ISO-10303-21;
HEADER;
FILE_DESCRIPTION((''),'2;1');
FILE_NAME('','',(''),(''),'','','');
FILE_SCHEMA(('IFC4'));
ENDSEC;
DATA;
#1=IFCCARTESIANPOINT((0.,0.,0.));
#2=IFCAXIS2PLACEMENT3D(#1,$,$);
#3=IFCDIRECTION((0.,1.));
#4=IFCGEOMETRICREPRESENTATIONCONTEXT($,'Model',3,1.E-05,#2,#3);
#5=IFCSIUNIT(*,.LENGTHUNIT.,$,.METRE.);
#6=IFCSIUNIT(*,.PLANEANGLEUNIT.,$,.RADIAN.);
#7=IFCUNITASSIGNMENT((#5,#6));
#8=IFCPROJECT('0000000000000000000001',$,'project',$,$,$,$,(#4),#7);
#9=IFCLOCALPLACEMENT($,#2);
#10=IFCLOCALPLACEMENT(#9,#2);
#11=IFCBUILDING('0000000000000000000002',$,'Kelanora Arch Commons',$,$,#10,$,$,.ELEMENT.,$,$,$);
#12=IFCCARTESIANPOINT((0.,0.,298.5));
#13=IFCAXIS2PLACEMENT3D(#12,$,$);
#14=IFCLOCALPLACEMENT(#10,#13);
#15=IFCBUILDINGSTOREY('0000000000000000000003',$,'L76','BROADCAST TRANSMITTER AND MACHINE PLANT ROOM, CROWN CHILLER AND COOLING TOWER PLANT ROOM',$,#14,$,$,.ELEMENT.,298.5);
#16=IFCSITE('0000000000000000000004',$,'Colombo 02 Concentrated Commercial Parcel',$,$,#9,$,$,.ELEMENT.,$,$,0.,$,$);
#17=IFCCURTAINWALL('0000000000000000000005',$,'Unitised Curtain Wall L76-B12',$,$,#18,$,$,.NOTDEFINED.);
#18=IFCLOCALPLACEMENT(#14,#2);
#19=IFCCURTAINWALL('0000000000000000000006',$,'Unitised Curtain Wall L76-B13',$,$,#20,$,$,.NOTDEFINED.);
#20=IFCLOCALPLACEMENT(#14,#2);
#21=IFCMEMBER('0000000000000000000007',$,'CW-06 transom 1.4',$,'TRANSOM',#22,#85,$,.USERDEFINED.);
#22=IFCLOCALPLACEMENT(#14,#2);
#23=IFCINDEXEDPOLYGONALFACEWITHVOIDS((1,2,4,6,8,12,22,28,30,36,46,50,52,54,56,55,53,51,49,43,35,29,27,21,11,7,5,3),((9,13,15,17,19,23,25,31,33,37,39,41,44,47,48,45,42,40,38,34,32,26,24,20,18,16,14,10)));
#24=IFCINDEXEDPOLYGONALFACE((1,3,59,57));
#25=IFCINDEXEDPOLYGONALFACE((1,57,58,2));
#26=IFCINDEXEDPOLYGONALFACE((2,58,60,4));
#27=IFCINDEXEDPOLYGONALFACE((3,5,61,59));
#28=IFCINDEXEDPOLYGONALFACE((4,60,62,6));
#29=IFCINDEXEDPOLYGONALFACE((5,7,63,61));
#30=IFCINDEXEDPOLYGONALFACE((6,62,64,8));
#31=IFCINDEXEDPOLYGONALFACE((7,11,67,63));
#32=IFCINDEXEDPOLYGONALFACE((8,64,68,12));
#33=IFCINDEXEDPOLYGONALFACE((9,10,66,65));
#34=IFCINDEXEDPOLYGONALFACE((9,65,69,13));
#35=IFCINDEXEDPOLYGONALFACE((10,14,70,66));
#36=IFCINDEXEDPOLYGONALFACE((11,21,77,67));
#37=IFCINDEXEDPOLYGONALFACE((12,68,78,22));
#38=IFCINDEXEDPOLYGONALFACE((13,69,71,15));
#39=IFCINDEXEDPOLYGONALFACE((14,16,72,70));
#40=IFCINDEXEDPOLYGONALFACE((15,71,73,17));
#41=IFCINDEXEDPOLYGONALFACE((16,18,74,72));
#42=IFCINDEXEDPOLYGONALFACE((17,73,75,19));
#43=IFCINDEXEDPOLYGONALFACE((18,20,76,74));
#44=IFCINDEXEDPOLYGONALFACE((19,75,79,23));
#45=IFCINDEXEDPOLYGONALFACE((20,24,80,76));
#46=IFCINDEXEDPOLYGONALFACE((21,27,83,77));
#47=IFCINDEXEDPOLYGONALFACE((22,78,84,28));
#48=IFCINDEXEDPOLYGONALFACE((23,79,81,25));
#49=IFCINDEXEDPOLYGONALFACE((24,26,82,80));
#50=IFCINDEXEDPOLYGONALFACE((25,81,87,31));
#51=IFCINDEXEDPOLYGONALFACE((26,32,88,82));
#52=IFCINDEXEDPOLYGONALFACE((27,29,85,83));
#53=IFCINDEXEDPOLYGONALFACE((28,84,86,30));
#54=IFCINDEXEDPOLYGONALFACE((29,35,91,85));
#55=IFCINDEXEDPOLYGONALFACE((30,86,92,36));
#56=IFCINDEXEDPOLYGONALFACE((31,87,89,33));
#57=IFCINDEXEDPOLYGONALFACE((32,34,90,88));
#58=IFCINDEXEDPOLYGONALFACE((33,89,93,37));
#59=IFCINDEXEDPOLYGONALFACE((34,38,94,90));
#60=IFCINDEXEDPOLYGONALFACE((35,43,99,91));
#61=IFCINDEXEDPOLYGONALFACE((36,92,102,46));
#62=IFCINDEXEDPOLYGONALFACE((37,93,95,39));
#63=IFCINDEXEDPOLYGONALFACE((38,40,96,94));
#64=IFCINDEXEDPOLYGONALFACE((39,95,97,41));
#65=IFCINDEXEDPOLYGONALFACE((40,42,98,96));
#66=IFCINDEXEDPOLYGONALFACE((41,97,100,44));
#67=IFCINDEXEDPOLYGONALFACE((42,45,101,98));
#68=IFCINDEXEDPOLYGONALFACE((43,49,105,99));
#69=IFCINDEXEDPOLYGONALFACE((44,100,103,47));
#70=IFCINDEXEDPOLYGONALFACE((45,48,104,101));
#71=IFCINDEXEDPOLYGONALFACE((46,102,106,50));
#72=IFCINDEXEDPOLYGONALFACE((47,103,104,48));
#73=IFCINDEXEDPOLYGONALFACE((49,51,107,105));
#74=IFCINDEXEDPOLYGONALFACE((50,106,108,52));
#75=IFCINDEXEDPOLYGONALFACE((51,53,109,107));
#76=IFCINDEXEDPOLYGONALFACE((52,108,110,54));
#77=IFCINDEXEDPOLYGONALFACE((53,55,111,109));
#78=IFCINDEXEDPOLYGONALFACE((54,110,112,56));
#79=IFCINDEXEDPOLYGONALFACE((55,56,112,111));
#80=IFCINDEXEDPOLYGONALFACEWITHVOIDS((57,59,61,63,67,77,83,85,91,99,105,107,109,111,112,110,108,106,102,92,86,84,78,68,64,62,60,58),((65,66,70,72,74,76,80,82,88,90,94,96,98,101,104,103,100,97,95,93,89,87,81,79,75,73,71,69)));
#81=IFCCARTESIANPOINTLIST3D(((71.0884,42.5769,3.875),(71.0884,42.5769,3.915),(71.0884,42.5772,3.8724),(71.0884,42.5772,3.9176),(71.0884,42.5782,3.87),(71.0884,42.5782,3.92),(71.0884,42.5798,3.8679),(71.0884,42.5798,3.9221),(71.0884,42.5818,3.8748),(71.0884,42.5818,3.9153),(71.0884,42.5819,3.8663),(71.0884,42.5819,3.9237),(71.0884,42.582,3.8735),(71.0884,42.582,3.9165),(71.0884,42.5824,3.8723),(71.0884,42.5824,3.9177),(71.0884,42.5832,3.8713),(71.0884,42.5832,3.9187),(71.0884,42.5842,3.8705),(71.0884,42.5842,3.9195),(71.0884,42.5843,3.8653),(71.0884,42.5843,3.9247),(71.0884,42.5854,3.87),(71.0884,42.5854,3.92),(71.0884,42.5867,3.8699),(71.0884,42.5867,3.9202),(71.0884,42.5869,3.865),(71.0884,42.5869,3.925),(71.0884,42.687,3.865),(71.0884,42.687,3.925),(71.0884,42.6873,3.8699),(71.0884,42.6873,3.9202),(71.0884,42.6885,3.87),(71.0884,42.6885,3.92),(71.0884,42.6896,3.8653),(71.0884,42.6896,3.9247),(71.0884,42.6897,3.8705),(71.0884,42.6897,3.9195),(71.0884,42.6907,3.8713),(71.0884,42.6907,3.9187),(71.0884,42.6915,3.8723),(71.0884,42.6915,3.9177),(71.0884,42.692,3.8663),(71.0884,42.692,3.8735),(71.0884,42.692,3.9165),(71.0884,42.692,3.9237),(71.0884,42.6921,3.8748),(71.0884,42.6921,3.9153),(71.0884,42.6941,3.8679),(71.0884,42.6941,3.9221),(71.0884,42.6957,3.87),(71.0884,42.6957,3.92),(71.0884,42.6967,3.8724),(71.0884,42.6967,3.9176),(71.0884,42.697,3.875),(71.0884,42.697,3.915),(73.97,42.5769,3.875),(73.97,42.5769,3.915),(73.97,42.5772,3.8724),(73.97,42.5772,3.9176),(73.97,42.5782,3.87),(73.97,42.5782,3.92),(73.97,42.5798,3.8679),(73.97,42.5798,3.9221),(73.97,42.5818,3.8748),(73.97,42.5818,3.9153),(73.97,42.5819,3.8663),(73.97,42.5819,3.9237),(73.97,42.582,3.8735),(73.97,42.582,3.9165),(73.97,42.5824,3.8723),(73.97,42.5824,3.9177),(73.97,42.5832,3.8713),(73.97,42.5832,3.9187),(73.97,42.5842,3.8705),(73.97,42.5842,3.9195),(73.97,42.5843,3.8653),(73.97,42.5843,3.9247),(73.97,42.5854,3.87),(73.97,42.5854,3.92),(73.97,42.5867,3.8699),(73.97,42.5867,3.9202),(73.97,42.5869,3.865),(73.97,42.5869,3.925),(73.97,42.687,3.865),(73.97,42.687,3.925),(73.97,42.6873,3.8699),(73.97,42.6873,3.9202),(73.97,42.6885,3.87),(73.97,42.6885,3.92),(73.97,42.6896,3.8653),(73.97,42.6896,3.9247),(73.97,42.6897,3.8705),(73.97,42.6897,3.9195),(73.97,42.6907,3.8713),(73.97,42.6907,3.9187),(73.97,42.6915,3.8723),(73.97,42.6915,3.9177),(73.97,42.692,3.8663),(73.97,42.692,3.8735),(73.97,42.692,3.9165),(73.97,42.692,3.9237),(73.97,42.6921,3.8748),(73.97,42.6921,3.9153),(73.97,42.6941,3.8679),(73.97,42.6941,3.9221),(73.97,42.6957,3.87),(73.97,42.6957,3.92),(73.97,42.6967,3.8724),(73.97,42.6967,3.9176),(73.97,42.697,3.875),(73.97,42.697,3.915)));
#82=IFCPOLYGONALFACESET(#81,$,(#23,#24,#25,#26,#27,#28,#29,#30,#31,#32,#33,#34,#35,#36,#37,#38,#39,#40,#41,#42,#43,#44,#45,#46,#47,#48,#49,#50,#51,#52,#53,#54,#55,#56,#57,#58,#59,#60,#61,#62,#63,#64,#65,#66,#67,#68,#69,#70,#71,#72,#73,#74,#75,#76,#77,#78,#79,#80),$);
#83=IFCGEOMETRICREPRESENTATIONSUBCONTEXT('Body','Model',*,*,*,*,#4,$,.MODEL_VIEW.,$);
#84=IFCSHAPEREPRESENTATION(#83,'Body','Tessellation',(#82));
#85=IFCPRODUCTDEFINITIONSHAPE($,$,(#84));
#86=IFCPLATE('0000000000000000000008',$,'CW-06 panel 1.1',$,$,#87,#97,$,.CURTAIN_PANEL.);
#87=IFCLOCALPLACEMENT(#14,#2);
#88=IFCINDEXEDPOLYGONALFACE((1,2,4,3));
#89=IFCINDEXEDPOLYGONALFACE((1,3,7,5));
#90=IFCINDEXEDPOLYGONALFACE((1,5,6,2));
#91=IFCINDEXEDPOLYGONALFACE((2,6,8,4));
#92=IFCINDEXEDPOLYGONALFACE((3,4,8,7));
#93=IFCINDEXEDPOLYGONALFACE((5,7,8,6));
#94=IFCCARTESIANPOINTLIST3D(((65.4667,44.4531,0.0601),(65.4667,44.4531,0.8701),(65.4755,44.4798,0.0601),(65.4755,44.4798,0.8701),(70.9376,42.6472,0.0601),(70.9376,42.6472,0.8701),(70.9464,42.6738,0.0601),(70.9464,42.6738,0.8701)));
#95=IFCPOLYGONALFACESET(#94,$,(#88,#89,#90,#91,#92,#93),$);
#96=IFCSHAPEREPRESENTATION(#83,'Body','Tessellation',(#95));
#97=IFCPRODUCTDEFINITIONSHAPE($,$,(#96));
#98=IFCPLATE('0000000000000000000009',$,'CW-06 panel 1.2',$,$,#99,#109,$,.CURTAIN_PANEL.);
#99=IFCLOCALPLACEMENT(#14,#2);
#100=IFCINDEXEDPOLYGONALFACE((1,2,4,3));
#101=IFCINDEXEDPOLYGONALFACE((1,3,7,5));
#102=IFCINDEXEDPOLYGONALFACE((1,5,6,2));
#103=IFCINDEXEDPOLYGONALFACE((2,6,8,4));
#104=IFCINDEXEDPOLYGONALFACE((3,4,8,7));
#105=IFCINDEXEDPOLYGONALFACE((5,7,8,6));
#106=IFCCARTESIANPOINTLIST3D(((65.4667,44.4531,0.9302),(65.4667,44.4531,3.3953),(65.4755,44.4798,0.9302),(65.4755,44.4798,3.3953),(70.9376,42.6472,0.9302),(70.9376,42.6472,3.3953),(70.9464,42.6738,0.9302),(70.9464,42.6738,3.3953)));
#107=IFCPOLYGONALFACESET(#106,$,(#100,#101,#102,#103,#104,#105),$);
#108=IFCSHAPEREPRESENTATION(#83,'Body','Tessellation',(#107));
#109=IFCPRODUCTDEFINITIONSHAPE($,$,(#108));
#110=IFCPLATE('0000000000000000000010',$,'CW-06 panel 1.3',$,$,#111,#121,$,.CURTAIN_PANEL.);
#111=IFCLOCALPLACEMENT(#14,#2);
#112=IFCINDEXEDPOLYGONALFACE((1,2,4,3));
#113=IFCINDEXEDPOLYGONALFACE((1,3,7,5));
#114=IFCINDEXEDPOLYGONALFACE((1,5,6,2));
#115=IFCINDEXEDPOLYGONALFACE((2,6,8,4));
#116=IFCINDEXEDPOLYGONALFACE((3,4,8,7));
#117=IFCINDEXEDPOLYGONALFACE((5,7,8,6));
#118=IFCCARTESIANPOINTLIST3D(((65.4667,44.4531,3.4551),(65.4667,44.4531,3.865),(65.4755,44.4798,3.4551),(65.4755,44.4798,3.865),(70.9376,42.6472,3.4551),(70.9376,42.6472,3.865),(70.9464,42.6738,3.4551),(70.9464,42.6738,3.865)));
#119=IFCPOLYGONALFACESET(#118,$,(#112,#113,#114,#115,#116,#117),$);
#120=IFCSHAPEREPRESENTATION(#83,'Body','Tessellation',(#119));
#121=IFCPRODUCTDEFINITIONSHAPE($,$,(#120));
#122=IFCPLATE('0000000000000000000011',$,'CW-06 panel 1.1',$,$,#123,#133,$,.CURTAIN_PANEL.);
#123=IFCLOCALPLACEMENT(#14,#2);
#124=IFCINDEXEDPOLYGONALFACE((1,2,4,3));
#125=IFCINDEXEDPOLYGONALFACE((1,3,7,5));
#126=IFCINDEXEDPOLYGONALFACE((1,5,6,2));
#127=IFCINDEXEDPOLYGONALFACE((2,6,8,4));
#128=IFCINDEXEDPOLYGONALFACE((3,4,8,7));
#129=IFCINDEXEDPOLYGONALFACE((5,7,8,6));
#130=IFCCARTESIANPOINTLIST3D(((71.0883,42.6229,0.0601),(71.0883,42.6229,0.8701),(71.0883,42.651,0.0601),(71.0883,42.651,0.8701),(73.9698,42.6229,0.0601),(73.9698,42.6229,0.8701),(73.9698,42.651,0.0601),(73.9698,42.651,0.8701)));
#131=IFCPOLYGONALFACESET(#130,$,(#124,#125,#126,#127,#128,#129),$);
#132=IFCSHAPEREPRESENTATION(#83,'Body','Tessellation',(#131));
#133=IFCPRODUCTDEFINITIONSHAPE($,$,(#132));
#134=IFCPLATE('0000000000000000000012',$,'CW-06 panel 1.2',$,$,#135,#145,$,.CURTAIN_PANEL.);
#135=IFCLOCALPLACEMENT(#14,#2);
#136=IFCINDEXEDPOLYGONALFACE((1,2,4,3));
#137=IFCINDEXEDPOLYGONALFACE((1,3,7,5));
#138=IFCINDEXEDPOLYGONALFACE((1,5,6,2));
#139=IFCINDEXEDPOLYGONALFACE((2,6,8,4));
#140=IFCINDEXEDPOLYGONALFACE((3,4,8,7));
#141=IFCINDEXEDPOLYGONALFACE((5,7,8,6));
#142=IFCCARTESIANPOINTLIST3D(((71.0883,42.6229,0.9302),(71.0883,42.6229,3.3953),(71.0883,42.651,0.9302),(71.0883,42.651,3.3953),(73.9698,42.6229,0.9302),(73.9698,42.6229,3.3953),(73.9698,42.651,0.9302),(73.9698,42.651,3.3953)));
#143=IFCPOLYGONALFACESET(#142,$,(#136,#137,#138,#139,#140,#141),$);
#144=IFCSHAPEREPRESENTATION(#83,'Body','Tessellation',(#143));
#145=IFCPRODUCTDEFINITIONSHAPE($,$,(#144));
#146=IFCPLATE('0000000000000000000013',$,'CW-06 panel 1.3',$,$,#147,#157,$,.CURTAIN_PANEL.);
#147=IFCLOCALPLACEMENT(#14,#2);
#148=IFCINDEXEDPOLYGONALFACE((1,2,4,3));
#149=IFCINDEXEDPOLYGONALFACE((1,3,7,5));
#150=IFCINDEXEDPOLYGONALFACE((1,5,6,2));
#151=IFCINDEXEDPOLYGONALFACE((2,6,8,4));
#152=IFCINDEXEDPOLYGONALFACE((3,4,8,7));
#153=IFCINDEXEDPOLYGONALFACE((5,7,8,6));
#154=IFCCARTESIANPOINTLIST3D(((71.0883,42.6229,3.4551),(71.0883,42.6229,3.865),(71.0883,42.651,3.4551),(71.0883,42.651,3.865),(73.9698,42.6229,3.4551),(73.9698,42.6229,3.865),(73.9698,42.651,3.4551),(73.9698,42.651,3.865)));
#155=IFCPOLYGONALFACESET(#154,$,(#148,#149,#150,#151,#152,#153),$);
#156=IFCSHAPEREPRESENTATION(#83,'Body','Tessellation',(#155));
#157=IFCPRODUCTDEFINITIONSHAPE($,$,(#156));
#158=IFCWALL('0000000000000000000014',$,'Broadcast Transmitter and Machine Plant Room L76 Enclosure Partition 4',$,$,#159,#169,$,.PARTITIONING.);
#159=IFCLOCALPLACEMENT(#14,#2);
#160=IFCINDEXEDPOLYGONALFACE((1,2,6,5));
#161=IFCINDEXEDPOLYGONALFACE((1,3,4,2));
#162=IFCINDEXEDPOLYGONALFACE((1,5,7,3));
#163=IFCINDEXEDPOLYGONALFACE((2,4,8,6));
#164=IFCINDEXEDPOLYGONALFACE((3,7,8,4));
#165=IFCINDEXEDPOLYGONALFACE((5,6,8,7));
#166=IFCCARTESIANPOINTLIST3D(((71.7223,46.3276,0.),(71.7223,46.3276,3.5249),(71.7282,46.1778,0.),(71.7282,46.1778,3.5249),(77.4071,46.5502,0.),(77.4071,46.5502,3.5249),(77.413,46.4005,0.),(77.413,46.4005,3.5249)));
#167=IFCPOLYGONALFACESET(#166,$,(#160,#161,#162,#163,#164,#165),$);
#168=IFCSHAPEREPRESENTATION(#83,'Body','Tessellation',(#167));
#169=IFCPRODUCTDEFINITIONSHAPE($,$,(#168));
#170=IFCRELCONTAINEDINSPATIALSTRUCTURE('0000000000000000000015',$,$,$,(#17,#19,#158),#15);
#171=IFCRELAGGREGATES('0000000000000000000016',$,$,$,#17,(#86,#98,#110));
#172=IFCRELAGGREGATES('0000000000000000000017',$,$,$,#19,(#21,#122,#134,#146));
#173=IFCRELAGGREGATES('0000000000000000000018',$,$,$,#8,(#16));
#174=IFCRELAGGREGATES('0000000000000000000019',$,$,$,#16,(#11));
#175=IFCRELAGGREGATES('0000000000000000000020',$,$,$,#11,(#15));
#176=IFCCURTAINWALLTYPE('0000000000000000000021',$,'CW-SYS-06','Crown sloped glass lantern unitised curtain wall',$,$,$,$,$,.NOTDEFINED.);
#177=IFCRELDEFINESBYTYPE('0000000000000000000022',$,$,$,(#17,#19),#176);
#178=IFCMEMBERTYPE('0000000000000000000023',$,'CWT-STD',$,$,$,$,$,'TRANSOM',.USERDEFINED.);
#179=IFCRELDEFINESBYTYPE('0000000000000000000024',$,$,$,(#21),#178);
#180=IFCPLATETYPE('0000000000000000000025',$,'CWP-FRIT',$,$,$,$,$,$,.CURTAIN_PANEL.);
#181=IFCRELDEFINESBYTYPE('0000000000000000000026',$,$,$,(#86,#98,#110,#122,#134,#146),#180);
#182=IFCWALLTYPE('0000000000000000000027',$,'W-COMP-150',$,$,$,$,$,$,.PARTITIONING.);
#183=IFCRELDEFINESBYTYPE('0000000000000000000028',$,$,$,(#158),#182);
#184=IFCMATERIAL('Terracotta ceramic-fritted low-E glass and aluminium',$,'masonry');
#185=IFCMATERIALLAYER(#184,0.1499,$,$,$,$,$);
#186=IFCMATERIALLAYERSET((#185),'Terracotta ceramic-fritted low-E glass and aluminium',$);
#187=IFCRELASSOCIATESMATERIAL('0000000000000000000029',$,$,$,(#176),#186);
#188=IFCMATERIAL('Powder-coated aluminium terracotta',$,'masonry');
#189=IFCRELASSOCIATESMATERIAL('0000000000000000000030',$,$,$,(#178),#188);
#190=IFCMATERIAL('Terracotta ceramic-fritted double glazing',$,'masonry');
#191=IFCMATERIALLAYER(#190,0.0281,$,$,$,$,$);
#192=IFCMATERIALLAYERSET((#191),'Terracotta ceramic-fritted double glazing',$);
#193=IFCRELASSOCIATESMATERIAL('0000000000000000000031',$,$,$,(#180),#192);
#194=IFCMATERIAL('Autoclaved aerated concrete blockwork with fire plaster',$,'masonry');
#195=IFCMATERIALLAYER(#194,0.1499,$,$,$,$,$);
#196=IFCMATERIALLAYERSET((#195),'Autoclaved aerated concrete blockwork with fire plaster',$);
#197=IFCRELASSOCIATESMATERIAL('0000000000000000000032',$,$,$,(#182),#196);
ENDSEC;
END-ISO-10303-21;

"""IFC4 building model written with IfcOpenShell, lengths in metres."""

from ifc_helpers import new_model, si_unit, direction, frame, frame_2d, origin, origin_2d, place, context, subcontext, project, spatial, rectangle, hollow_rectangle, extrude, source, transform, mapped, material, layer, layer_set, material_profile, profile_set, type_object, element, aggregate, save


model = new_model("IFC4")

# Units and contexts
model_context = context("Model", 3, precision=1e-05, world=origin(), true_north=direction((0.0, 1.0)))
body_context = subcontext(model_context, "Body", "Model", "MODEL_VIEW")
ifc_project = project(units=[si_unit("LENGTHUNIT", "METRE"), si_unit("PLANEANGLEUNIT", "RADIAN")], contexts=[model_context])

# Site, building, storey
site_placement = place(None, origin())
site = spatial("IfcSite", under=ifc_project, at=site_placement, Name="Colombo 02 Concentrated Commercial Parcel", CompositionType="ELEMENT", RefElevation=0.0)
building_placement = place(site_placement, origin())
building = spatial("IfcBuilding", under=site, at=building_placement, Name="Kelanora Arch Commons", CompositionType="ELEMENT")
storey_placement = place(building_placement, frame((0.0, 0.0, 298.5)))
storey = spatial("IfcBuildingStorey", under=building, at=storey_placement, Name="L76", Description="BROADCAST TRANSMITTER AND MACHINE PLANT ROOM, CROWN CHILLER AND COOLING TOWER PLANT ROOM", CompositionType="ELEMENT", Elevation=298.5)

# Curtain walls
ifc_material_1 = material(Name="Terracotta ceramic-fritted low-E glass and aluminium", Category="masonry")
ifc_layer_1 = layer(ifc_material_1, 0.1499)
ifc_layer_set_1 = layer_set([ifc_layer_1], Name="Terracotta ceramic-fritted low-E glass and aluminium")
curtain_wall_type = type_object("IfcCurtainWallType", Name="CW-SYS-06", Description="Crown sloped glass lantern unitised curtain wall", PredefinedType="NOTDEFINED", material=ifc_layer_set_1)
curtain_wall_1_placement = place(storey_placement, origin())
curtain_wall_1 = element("IfcCurtainWall", 1, at=curtain_wall_1_placement, inside=storey, type_object=curtain_wall_type, Name="Unitised Curtain Wall L76-B12", PredefinedType="NOTDEFINED")
ifc_material_2 = material(Name="Powder-coated aluminium terracotta", Category="masonry")
curtain_wall_2_placement = place(storey_placement, origin())
curtain_wall_2 = element("IfcCurtainWall", 2, at=curtain_wall_2_placement, inside=storey, type_object=curtain_wall_type, Name="Unitised Curtain Wall L76-B13", PredefinedType="NOTDEFINED")

# Member
ifc_material_profile_1 = material_profile(ifc_material_2, hollow_rectangle(XDim=0.1201, YDim=0.0601, WallThickness=0.0049, InnerFilletRadius=0.0049, OuterFilletRadius=0.01, at=origin_2d()), Name="CWT120x60")
ifc_profile_set_1 = profile_set([ifc_material_profile_1], Name="Powder-coated aluminium terracotta")
member_type_1 = type_object("IfcMemberType", Name="CWT-STD", ElementType="TRANSOM", PredefinedType="USERDEFINED", material=ifc_profile_set_1)
member_1_placement = place(storey_placement, frame((71.0884, 42.637, 3.895), z_axis=(1.0, 0.0, 0.0), x_axis=(0.0, 1.0, 0.0)))
member_1 = element("IfcMember", 3, at=member_1_placement, type_object=member_type_1, Name="CW-06 transom 1.4", ObjectType="TRANSOM", PredefinedType="USERDEFINED", context=body_context, shape_type="SweptSolid", body=[
    extrude(hollow_rectangle(XDim=0.1201, YDim=0.0601, WallThickness=0.0049, InnerFilletRadius=0.0049, OuterFilletRadius=0.01, at=origin_2d()), origin(), (0.0, 0.0, 1.0), 2.8816),
])

# Plates
ifc_material_3 = material(Name="Terracotta ceramic-fritted double glazing", Category="masonry")
ifc_layer_2 = layer(ifc_material_3, 0.0281)
ifc_layer_set_2 = layer_set([ifc_layer_2], Name="Terracotta ceramic-fritted double glazing")
plate_type = type_object("IfcPlateType", Name="CWP-FRIT", PredefinedType="CURTAIN_PANEL", material=ifc_layer_set_2)
shared_shape_1 = source(origin(), body_context, "Body", "SweptSolid", [
    extrude(rectangle(XDim=5.7612, YDim=0.0281, at=origin_2d()), origin(), (0.0, 0.0, 1.0), 0.8101),
])
plate_1_placement = place(storey_placement, frame((68.2065, 43.5635, 0.0601), z_axis=(0.0, 0.0, 1.0), x_axis=(0.949599, -0.313467, 0.0)))
plate_1 = element("IfcPlate", 4, at=plate_1_placement, type_object=plate_type, Name="CW-06 panel 1.1", PredefinedType="CURTAIN_PANEL", context=body_context, shape_type="MappedRepresentation", body=[
    mapped(shared_shape_1, transform((0.0, 0.0, 0.0), scale=1.0)),
])
shared_shape_2 = source(origin(), body_context, "Body", "SweptSolid", [
    extrude(rectangle(XDim=5.7612, YDim=0.0281, at=origin_2d()), origin(), (0.0, 0.0, 1.0), 2.4651),
])
plate_2_placement = place(storey_placement, frame((68.2065, 43.5635, 0.9302), z_axis=(0.0, 0.0, 1.0), x_axis=(0.949599, -0.313467, 0.0)))
plate_2 = element("IfcPlate", 5, at=plate_2_placement, type_object=plate_type, Name="CW-06 panel 1.2", PredefinedType="CURTAIN_PANEL", context=body_context, shape_type="MappedRepresentation", body=[
    mapped(shared_shape_2, transform((0.0, 0.0, 0.0), scale=1.0)),
])
shared_shape_3 = source(origin(), body_context, "Body", "SweptSolid", [
    extrude(rectangle(XDim=5.7612, YDim=0.0281, at=origin_2d()), origin(), (0.0, 0.0, 1.0), 0.4099),
])
plate_3_placement = place(storey_placement, frame((68.2065, 43.5635, 3.4551), z_axis=(0.0, 0.0, 1.0), x_axis=(0.949599, -0.313467, 0.0)))
plate_3 = element("IfcPlate", 6, at=plate_3_placement, type_object=plate_type, Name="CW-06 panel 1.3", PredefinedType="CURTAIN_PANEL", context=body_context, shape_type="MappedRepresentation", body=[
    mapped(shared_shape_3, transform((0.0, 0.0, 0.0), scale=1.0)),
])
aggregate(curtain_wall_1, [plate_1, plate_2, plate_3])
shared_shape_4 = source(origin(), body_context, "Body", "SweptSolid", [
    extrude(rectangle(XDim=2.8816, YDim=0.0281, at=origin_2d()), origin(), (0.0, 0.0, 1.0), 0.8101),
])
plate_4_placement = place(storey_placement, frame((72.5291, 42.637, 0.0601), z_axis=(0.0, 0.0, 1.0), x_axis=(1.0, 0.0, 0.0)))
plate_4 = element("IfcPlate", 7, at=plate_4_placement, type_object=plate_type, Name="CW-06 panel 1.1", PredefinedType="CURTAIN_PANEL", context=body_context, shape_type="MappedRepresentation", body=[
    mapped(shared_shape_4, transform((0.0, 0.0, 0.0), scale=1.0)),
])
shared_shape_5 = source(origin(), body_context, "Body", "SweptSolid", [
    extrude(rectangle(XDim=2.8816, YDim=0.0281, at=origin_2d()), origin(), (0.0, 0.0, 1.0), 2.4651),
])
plate_5_placement = place(storey_placement, frame((72.5291, 42.637, 0.9302), z_axis=(0.0, 0.0, 1.0), x_axis=(1.0, 0.0, 0.0)))
plate_5 = element("IfcPlate", 8, at=plate_5_placement, type_object=plate_type, Name="CW-06 panel 1.2", PredefinedType="CURTAIN_PANEL", context=body_context, shape_type="MappedRepresentation", body=[
    mapped(shared_shape_5, transform((0.0, 0.0, 0.0), scale=1.0)),
])
shared_shape_6 = source(origin(), body_context, "Body", "SweptSolid", [
    extrude(rectangle(XDim=2.8816, YDim=0.0281, at=origin_2d()), origin(), (0.0, 0.0, 1.0), 0.4099),
])
plate_6_placement = place(storey_placement, frame((72.5291, 42.637, 3.4551), z_axis=(0.0, 0.0, 1.0), x_axis=(1.0, 0.0, 0.0)))
plate_6 = element("IfcPlate", 9, at=plate_6_placement, type_object=plate_type, Name="CW-06 panel 1.3", PredefinedType="CURTAIN_PANEL", context=body_context, shape_type="MappedRepresentation", body=[
    mapped(shared_shape_6, transform((0.0, 0.0, 0.0), scale=1.0)),
])
aggregate(curtain_wall_2, [member_1, plate_4, plate_5, plate_6])

# Wall
ifc_material_4 = material(Name="Autoclaved aerated concrete blockwork with fire plaster", Category="masonry")
ifc_layer_3 = layer(ifc_material_4, 0.1499)
ifc_layer_set_3 = layer_set([ifc_layer_3], Name="Autoclaved aerated concrete blockwork with fire plaster")
wall_type = type_object("IfcWallType", Name="W-COMP-150", PredefinedType="PARTITIONING", material=ifc_layer_set_3)
wall_placement = place(storey_placement, frame((71.7251, 46.2527, 0.0), z_axis=(0.0, 0.0, 1.0), x_axis=(0.999234, 0.039137, 0.0)))
element("IfcWall", 10, at=wall_placement, inside=storey, type_object=wall_type, Name="Broadcast Transmitter and Machine Plant Room L76 Enclosure Partition 4", PredefinedType="PARTITIONING", context=body_context, shape_type="SweptSolid", body=[
    extrude(rectangle(XDim=5.6892, YDim=0.1499, at=frame_2d((2.8447, 0.0))), origin(), (0.0, 0.0, 1.0), 3.5249),
])

save(model, "model.ifc")
